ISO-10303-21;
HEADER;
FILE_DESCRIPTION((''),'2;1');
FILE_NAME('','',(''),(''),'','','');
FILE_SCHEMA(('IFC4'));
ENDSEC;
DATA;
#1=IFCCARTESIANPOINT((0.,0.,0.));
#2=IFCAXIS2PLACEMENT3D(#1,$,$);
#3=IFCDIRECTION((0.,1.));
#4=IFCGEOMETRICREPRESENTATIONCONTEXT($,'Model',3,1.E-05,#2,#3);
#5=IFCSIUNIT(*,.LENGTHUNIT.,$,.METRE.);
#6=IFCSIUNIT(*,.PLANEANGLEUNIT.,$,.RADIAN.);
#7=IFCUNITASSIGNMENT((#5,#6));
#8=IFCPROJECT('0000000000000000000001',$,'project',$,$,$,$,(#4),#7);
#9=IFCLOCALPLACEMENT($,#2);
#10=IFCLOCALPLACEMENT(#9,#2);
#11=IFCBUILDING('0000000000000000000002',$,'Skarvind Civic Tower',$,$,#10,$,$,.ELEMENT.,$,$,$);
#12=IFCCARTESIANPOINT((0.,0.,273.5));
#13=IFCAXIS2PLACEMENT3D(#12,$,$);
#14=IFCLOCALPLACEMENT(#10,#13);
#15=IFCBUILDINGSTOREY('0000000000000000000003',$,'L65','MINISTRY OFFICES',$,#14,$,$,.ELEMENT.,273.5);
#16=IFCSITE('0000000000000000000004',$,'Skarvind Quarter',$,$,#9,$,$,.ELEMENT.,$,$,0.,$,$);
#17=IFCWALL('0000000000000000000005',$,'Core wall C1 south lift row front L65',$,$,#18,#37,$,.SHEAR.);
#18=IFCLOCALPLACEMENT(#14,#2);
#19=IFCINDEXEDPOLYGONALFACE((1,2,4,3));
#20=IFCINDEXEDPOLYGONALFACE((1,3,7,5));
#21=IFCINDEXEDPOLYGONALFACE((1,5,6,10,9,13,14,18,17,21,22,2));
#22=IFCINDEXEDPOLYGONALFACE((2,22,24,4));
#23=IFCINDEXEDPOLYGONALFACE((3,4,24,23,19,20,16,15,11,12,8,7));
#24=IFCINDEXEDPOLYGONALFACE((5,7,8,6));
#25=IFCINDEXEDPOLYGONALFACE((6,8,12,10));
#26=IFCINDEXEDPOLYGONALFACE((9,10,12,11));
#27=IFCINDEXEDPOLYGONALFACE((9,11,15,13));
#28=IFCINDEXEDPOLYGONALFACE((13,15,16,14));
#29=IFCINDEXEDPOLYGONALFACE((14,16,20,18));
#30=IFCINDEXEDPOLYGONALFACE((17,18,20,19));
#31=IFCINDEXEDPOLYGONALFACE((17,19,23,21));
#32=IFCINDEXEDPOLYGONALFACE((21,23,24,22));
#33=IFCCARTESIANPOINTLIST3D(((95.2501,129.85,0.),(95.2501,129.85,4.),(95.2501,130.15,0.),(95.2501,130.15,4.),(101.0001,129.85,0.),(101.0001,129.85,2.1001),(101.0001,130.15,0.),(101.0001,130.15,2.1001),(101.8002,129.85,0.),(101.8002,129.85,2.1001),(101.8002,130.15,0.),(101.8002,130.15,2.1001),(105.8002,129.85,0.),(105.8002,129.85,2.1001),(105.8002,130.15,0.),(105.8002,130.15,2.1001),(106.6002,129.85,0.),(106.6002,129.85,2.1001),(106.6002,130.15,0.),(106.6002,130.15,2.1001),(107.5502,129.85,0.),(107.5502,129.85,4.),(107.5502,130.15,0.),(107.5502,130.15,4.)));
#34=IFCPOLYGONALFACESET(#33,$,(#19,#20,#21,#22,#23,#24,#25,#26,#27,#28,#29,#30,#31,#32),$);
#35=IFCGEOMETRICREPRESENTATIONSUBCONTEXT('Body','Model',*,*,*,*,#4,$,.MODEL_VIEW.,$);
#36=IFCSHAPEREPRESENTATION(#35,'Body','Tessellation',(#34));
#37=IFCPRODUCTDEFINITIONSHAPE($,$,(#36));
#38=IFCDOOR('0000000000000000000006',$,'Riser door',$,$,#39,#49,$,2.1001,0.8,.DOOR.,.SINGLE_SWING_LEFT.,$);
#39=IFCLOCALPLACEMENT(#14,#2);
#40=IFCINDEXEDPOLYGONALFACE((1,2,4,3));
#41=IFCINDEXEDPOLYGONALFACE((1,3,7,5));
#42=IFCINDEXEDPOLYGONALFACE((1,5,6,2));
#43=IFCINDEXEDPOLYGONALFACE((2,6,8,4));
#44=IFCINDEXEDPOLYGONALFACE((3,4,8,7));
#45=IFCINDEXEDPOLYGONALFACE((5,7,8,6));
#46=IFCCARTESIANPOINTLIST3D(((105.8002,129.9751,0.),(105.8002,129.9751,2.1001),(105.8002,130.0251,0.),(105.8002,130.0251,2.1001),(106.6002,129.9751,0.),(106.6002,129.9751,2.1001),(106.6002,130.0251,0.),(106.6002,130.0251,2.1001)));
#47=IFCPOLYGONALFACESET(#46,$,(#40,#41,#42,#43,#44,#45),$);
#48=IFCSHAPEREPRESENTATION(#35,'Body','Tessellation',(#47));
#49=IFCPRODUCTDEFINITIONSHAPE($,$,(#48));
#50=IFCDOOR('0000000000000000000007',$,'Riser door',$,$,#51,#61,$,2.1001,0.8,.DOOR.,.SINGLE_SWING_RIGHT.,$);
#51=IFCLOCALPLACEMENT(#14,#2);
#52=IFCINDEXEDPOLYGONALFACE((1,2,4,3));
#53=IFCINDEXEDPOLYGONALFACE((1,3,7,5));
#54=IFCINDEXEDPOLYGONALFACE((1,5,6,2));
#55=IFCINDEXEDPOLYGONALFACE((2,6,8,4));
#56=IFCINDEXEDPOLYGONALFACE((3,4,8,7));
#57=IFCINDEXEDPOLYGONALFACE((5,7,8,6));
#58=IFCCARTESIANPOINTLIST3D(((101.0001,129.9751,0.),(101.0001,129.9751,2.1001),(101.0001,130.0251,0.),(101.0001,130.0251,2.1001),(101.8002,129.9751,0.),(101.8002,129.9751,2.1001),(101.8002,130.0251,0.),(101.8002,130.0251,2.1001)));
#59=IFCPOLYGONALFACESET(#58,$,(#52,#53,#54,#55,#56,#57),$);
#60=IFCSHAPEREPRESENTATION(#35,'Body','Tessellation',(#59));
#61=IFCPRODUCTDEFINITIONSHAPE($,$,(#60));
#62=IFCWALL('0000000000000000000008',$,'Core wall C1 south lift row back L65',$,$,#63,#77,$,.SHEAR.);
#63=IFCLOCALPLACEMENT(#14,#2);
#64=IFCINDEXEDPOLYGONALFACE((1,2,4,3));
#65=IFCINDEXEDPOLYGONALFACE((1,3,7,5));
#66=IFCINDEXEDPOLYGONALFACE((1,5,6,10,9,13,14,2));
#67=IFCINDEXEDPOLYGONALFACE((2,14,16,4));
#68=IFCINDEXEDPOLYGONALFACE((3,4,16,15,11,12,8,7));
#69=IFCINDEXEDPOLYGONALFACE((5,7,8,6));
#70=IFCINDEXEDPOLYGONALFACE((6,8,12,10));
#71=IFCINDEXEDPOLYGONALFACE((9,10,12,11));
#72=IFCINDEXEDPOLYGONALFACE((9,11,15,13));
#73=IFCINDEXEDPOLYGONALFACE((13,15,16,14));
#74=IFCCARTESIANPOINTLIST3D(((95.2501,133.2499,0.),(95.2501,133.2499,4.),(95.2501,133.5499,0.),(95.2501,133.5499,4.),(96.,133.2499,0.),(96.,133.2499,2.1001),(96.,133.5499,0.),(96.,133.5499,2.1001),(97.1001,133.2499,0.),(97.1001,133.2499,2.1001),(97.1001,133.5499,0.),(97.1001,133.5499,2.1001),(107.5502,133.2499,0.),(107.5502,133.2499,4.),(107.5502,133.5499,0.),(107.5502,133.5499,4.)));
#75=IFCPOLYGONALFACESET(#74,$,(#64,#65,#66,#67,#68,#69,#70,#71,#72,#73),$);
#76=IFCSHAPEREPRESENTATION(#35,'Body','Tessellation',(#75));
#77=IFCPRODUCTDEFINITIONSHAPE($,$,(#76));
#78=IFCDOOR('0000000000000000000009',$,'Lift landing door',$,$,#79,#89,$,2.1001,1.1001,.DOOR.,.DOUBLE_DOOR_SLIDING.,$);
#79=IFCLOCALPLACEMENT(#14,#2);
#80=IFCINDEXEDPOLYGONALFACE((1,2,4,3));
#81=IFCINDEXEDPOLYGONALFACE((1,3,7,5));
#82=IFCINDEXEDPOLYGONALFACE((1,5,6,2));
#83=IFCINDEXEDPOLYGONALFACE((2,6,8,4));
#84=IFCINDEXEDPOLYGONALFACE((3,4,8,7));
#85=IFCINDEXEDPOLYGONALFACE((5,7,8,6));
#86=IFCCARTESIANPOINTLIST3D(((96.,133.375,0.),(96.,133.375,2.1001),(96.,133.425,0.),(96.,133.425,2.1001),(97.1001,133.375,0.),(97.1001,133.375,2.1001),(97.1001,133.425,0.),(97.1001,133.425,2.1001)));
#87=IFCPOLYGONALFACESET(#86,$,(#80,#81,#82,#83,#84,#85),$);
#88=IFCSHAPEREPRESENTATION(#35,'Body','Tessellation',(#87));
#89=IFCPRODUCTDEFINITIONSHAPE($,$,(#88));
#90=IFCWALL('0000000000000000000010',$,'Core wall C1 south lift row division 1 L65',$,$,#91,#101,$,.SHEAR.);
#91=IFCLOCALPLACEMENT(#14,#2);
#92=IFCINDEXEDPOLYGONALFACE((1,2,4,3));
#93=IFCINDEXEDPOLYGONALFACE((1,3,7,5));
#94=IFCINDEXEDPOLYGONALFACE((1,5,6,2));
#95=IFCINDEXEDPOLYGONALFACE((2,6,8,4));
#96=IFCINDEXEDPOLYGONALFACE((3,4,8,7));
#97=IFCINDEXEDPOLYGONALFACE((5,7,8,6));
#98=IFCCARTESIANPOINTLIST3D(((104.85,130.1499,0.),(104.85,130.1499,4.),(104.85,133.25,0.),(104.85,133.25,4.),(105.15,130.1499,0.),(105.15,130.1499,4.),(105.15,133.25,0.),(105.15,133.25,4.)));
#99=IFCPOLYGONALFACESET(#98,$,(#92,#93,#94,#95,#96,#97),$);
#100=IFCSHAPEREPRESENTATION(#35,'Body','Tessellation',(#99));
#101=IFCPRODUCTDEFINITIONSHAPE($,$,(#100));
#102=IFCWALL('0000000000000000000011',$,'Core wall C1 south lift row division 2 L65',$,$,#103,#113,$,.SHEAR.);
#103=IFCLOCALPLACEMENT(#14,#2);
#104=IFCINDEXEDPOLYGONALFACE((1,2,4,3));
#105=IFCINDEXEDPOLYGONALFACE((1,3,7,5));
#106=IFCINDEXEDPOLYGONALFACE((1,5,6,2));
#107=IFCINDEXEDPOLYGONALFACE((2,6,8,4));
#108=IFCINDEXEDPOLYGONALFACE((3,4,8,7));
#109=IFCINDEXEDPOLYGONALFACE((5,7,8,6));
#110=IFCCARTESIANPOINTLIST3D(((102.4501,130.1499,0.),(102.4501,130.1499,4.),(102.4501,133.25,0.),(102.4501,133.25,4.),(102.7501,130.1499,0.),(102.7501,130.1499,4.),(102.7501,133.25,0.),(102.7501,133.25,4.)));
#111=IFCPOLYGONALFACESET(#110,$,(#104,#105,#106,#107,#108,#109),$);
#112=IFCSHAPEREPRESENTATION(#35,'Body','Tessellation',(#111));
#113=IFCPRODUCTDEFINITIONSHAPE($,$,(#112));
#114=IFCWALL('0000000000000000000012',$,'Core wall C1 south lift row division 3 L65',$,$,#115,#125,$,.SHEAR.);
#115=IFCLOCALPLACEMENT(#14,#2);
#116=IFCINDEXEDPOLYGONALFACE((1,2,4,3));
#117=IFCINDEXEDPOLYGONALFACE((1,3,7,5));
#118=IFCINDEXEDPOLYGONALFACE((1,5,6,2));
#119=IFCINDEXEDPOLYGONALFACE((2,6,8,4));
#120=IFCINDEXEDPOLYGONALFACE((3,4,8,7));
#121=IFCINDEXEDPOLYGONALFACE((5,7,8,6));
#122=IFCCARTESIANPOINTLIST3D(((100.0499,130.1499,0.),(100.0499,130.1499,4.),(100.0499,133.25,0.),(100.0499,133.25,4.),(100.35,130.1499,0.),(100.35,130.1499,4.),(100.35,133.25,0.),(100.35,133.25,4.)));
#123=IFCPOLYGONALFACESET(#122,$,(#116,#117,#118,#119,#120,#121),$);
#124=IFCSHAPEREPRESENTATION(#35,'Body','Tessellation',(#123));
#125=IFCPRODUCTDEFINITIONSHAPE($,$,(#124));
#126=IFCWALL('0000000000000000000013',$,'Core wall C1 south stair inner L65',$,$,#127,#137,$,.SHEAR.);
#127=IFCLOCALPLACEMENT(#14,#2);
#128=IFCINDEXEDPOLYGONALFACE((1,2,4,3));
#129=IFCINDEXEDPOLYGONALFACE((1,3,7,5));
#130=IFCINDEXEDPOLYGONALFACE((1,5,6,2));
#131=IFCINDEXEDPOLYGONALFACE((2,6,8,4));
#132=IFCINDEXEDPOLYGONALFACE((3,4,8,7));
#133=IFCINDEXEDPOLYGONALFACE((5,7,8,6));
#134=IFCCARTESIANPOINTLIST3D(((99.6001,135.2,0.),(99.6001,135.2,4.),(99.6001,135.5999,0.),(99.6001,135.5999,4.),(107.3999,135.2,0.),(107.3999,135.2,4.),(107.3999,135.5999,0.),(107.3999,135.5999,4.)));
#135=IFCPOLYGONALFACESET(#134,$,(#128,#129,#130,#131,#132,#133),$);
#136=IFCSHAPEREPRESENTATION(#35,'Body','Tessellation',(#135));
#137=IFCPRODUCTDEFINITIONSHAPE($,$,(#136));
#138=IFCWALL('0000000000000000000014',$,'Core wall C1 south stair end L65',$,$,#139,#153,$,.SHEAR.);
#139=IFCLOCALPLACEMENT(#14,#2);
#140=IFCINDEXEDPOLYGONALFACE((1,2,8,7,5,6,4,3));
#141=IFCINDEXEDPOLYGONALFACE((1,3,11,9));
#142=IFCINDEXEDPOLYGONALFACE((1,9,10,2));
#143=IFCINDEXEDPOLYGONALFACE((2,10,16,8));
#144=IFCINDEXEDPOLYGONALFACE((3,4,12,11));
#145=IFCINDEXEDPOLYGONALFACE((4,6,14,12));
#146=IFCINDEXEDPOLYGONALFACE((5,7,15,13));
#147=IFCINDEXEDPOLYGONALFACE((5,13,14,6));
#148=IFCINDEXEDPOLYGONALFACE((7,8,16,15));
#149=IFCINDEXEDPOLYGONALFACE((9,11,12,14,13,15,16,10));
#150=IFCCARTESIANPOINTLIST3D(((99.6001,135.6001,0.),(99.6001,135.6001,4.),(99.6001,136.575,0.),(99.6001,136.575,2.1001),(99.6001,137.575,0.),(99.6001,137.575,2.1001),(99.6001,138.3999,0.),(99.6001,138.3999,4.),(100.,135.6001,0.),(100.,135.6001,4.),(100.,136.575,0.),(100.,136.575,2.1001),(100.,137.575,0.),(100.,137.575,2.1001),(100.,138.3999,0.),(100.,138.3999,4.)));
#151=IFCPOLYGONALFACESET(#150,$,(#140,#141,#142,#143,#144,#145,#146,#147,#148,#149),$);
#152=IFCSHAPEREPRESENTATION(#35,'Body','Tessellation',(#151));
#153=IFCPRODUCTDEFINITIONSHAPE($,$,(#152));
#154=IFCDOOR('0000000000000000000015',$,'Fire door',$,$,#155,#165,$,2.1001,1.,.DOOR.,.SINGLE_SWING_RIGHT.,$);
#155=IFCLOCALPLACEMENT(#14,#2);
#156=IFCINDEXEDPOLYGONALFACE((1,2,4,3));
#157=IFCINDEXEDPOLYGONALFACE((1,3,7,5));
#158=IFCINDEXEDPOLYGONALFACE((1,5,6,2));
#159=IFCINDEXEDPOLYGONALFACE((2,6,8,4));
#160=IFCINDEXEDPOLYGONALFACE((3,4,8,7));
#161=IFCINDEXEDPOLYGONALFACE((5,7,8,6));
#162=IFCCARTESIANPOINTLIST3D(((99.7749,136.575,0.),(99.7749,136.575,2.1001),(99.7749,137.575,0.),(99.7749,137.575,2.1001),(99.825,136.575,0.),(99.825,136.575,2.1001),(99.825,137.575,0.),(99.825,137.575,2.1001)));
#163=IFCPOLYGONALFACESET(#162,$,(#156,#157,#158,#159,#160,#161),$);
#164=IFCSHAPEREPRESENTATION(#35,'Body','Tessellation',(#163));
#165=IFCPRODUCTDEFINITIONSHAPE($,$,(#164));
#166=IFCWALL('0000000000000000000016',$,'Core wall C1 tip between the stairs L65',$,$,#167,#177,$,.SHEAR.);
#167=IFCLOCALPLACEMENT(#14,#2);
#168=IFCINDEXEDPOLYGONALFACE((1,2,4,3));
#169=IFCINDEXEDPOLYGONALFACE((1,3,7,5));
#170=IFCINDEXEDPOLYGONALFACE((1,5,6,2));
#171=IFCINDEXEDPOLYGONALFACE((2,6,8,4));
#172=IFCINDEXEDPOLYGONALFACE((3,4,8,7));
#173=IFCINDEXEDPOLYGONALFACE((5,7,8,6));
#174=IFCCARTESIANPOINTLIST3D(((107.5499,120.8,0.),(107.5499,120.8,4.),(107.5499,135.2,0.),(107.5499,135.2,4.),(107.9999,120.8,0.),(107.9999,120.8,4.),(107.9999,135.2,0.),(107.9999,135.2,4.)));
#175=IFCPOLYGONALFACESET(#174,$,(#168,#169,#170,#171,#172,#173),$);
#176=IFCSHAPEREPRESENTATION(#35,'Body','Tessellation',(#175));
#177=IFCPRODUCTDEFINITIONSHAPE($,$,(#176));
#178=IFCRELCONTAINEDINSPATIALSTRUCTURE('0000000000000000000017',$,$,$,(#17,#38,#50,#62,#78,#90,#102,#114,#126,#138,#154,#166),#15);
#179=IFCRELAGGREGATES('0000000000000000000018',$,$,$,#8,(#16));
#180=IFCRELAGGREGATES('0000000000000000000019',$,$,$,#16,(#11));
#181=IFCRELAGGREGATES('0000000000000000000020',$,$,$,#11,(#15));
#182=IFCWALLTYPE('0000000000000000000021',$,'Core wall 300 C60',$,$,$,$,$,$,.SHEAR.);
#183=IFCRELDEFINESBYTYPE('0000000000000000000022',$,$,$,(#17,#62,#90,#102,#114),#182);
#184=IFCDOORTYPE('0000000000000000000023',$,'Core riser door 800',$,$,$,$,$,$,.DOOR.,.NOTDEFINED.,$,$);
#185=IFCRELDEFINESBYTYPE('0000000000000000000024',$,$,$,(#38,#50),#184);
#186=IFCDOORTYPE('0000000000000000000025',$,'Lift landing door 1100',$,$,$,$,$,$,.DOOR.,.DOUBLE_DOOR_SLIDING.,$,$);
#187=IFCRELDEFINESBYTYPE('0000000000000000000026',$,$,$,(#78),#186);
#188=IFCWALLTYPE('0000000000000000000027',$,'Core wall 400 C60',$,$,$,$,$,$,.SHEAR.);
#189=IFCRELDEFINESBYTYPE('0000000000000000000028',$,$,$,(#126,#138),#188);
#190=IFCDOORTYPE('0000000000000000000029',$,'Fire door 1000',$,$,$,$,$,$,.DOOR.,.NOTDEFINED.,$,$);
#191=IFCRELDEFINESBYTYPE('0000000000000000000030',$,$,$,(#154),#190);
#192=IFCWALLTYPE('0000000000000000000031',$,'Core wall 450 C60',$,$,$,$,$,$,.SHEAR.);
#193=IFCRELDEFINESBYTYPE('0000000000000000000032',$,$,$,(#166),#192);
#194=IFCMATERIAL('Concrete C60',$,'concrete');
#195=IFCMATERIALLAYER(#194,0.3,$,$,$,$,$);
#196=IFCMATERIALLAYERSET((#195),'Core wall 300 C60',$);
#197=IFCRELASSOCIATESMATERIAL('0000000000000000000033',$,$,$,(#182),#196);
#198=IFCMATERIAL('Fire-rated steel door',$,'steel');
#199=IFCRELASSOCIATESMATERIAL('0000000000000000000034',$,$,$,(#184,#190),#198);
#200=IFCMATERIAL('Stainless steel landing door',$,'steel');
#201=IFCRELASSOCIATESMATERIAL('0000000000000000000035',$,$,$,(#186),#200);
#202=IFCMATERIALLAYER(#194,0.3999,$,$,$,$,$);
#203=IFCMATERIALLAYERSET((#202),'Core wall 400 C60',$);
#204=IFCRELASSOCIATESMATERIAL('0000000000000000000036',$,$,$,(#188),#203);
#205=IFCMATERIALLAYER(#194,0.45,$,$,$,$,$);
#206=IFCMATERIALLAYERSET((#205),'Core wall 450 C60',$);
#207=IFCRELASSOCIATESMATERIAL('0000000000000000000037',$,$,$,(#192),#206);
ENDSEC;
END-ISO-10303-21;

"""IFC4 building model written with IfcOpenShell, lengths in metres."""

from ifc_helpers import new_model, si_unit, direction, frame, frame_2d, origin, place, context, subcontext, project, spatial, rectangle, extrude, material, layer, layer_set, type_object, element, fill, save


model = new_model("IFC4")

# Units and contexts
model_context = context("Model", 3, precision=1e-05, world=origin(), true_north=direction((0.0, 1.0)))
body_context = subcontext(model_context, "Body", "Model", "MODEL_VIEW")
ifc_project = project(units=[si_unit("LENGTHUNIT", "METRE"), si_unit("PLANEANGLEUNIT", "RADIAN")], contexts=[model_context])

# Site, building, storey
site_placement = place(None, origin())
site = spatial("IfcSite", under=ifc_project, at=site_placement, Name="Skarvind Quarter", CompositionType="ELEMENT", RefElevation=0.0)
building_placement = place(site_placement, origin())
building = spatial("IfcBuilding", under=site, at=building_placement, Name="Skarvind Civic Tower", CompositionType="ELEMENT")
storey_placement = place(building_placement, frame((0.0, 0.0, 273.5)))
storey = spatial("IfcBuildingStorey", under=building, at=storey_placement, Name="L65", Description="MINISTRY OFFICES", CompositionType="ELEMENT", Elevation=273.5)

# Wall, openings, doors
ifc_material_1 = material(Name="Concrete C60", Category="concrete")
ifc_layer_1 = layer(ifc_material_1, 0.3)
ifc_layer_set_1 = layer_set([ifc_layer_1], Name="Core wall 300 C60")
wall_type_1 = type_object("IfcWallType", Name="Core wall 300 C60", PredefinedType="SHEAR", material=ifc_layer_set_1)
wall_1_placement = place(storey_placement, frame((107.55, 130.0, 0.0), z_axis=(0.0, 0.0, 1.0), x_axis=(-1.0, 0.0, 0.0)))
wall_1 = element("IfcWall", 1, at=wall_1_placement, inside=storey, type_object=wall_type_1, Name="Core wall C1 south lift row front L65", PredefinedType="SHEAR", context=body_context, shape_type="SweptSolid", body=[
    extrude(rectangle(XDim=12.3, YDim=0.3, at=frame_2d((6.1499, 0.0))), origin(), (0.0, 0.0, 1.0), 4.0),
])
opening_1_placement = place(wall_1_placement, frame((0.95, 0.0, 0.0)))
opening_1 = element("IfcOpeningElement", 2, at=opening_1_placement, cuts=wall_1, PredefinedType="OPENING", context=body_context, shape_type="SweptSolid", body=[
    extrude(rectangle(XDim=0.8, YDim=2.1001, at=frame_2d((0.3999, 1.05))), frame((0.0, 0.1599, 0.0), z_axis=(0.0, -1.0, 0.0), x_axis=(1.0, 0.0, 0.0)), (0.0, 0.0, 1.0), 0.3201),
])
opening_2_placement = place(wall_1_placement, frame((5.75, 0.0, 0.0)))
opening_2 = element("IfcOpeningElement", 3, at=opening_2_placement, cuts=wall_1, PredefinedType="OPENING", context=body_context, shape_type="SweptSolid", body=[
    extrude(rectangle(XDim=0.8, YDim=2.1001, at=frame_2d((0.3999, 1.05))), frame((0.0, 0.1599, 0.0), z_axis=(0.0, -1.0, 0.0), x_axis=(1.0, 0.0, 0.0)), (0.0, 0.0, 1.0), 0.3201),
])
ifc_material_2 = material(Name="Fire-rated steel door", Category="steel")
door_type_1 = type_object("IfcDoorType", Name="Core riser door 800", OperationType="NOTDEFINED", PredefinedType="DOOR", material=ifc_material_2)
door_1_placement = place(opening_1_placement, origin())
door_1 = element("IfcDoor", 4, at=door_1_placement, inside=storey, type_object=door_type_1, Name="Riser door", OperationType="SINGLE_SWING_LEFT", OverallHeight=2.1001, OverallWidth=0.8, PredefinedType="DOOR", context=body_context, shape_type="SweptSolid", body=[
    extrude(rectangle(XDim=0.8, YDim=2.1001, at=frame_2d((0.3999, 1.05))), frame((0.0, 0.0249, 0.0), z_axis=(0.0, -1.0, 0.0), x_axis=(1.0, 0.0, 0.0)), (0.0, 0.0, 1.0), 0.05),
])
fill(opening_1, door_1)
door_2_placement = place(opening_2_placement, origin())
door_2 = element("IfcDoor", 5, at=door_2_placement, inside=storey, type_object=door_type_1, Name="Riser door", OperationType="SINGLE_SWING_RIGHT", OverallHeight=2.1001, OverallWidth=0.8, PredefinedType="DOOR", context=body_context, shape_type="SweptSolid", body=[
    extrude(rectangle(XDim=0.8, YDim=2.1001, at=frame_2d((0.3999, 1.05))), frame((0.0, 0.0249, 0.0), z_axis=(0.0, -1.0, 0.0), x_axis=(1.0, 0.0, 0.0)), (0.0, 0.0, 1.0), 0.05),
])
fill(opening_2, door_2)

# Wall, opening, door
wall_2_placement = place(storey_placement, frame((107.55, 133.3999, 0.0), z_axis=(0.0, 0.0, 1.0), x_axis=(-1.0, 0.0, 0.0)))
wall_2 = element("IfcWall", 6, at=wall_2_placement, inside=storey, type_object=wall_type_1, Name="Core wall C1 south lift row back L65", PredefinedType="SHEAR", context=body_context, shape_type="SweptSolid", body=[
    extrude(rectangle(XDim=12.3, YDim=0.3, at=frame_2d((6.1499, 0.0))), origin(), (0.0, 0.0, 1.0), 4.0),
])
opening_3_placement = place(wall_2_placement, frame((10.45, 0.0, 0.0)))
opening_3 = element("IfcOpeningElement", 7, at=opening_3_placement, cuts=wall_2, PredefinedType="OPENING", context=body_context, shape_type="SweptSolid", body=[
    extrude(rectangle(XDim=1.1001, YDim=2.1001, at=frame_2d((0.55, 1.05))), frame((0.0, 0.1599, 0.0), z_axis=(0.0, -1.0, 0.0), x_axis=(1.0, 0.0, 0.0)), (0.0, 0.0, 1.0), 0.3201),
])
ifc_material_3 = material(Name="Stainless steel landing door", Category="steel")
door_type_2 = type_object("IfcDoorType", Name="Lift landing door 1100", OperationType="DOUBLE_DOOR_SLIDING", PredefinedType="DOOR", material=ifc_material_3)
door_3_placement = place(opening_3_placement, origin())
door_3 = element("IfcDoor", 8, at=door_3_placement, inside=storey, type_object=door_type_2, Name="Lift landing door", OperationType="DOUBLE_DOOR_SLIDING", OverallHeight=2.1001, OverallWidth=1.1001, PredefinedType="DOOR", context=body_context, shape_type="SweptSolid", body=[
    extrude(rectangle(XDim=1.1001, YDim=2.1001, at=frame_2d((0.55, 1.05))), frame((0.0, 0.0249, 0.0), z_axis=(0.0, -1.0, 0.0), x_axis=(1.0, 0.0, 0.0)), (0.0, 0.0, 1.0), 0.05),
])
fill(opening_3, door_3)

# Walls
for number, where, z_axis, x_axis, name in (
    (9, (105.0, 133.25, 0.0), (0.0, 0.0, 1.0), (0.0, -1.0, 0.0), "Core wall C1 south lift row division 1 L65"),
    (10, (102.6001, 133.25, 0.0), (0.0, 0.0, 1.0), (0.0, -1.0, 0.0), "Core wall C1 south lift row division 2 L65"),
    (11, (100.2, 133.25, 0.0), (0.0, 0.0, 1.0), (0.0, -1.0, 0.0), "Core wall C1 south lift row division 3 L65"),
):
    element("IfcWall", number, at=place(storey_placement, frame(where, z_axis=z_axis, x_axis=x_axis)), inside=storey, type_object=wall_type_1, Name=name, PredefinedType="SHEAR", context=body_context, shape_type="SweptSolid", body=[
        extrude(rectangle(XDim=3.1001, YDim=0.3, at=frame_2d((1.55, 0.0))), origin(), (0.0, 0.0, 1.0), 4.0),
    ])
ifc_layer_2 = layer(ifc_material_1, 0.3999)
ifc_layer_set_2 = layer_set([ifc_layer_2], Name="Core wall 400 C60")
wall_type_2 = type_object("IfcWallType", Name="Core wall 400 C60", PredefinedType="SHEAR", material=ifc_layer_set_2)
wall_3_placement = place(storey_placement, frame((107.3999, 135.3999, 0.0), z_axis=(0.0, 0.0, 1.0), x_axis=(-1.0, 0.0, 0.0)))
element("IfcWall", 12, at=wall_3_placement, inside=storey, type_object=wall_type_2, Name="Core wall C1 south stair inner L65", PredefinedType="SHEAR", context=body_context, shape_type="SweptSolid", body=[
    extrude(rectangle(XDim=7.7998, YDim=0.3999, at=frame_2d((3.8999, 0.0))), origin(), (0.0, 0.0, 1.0), 4.0),
])

# Wall, opening, door
wall_4_placement = place(storey_placement, frame((99.8, 138.3999, 0.0), z_axis=(0.0, 0.0, 1.0), x_axis=(0.0, -1.0, 0.0)))
wall_4 = element("IfcWall", 13, at=wall_4_placement, inside=storey, type_object=wall_type_2, Name="Core wall C1 south stair end L65", PredefinedType="SHEAR", context=body_context, shape_type="SweptSolid", body=[
    extrude(rectangle(XDim=2.7998, YDim=0.3999, at=frame_2d((1.3999, 0.0))), origin(), (0.0, 0.0, 1.0), 4.0),
])
opening_4_placement = place(wall_4_placement, frame((0.825, 0.0, 0.0)))
opening_4 = element("IfcOpeningElement", 14, at=opening_4_placement, cuts=wall_4, PredefinedType="OPENING", context=body_context, shape_type="SweptSolid", body=[
    extrude(rectangle(XDim=1.0, YDim=2.1001, at=frame_2d((0.5, 1.05))), frame((0.0, 0.21, 0.0), z_axis=(0.0, -1.0, 0.0), x_axis=(1.0, 0.0, 0.0)), (0.0, 0.0, 1.0), 0.4199),
])
door_type_3 = type_object("IfcDoorType", Name="Fire door 1000", OperationType="NOTDEFINED", PredefinedType="DOOR", material=ifc_material_2)
door_4_placement = place(opening_4_placement, origin())
door_4 = element("IfcDoor", 15, at=door_4_placement, inside=storey, type_object=door_type_3, Name="Fire door", OperationType="SINGLE_SWING_RIGHT", OverallHeight=2.1001, OverallWidth=1.0, PredefinedType="DOOR", context=body_context, shape_type="SweptSolid", body=[
    extrude(rectangle(XDim=1.0, YDim=2.1001, at=frame_2d((0.5, 1.05))), frame((0.0, 0.0249, 0.0), z_axis=(0.0, -1.0, 0.0), x_axis=(1.0, 0.0, 0.0)), (0.0, 0.0, 1.0), 0.05),
])
fill(opening_4, door_4)

# Wall
ifc_layer_3 = layer(ifc_material_1, 0.45)
ifc_layer_set_3 = layer_set([ifc_layer_3], Name="Core wall 450 C60")
wall_type_3 = type_object("IfcWallType", Name="Core wall 450 C60", PredefinedType="SHEAR", material=ifc_layer_set_3)
wall_5_placement = place(storey_placement, frame((107.7749, 135.2, 0.0), z_axis=(0.0, 0.0, 1.0), x_axis=(0.0, -1.0, 0.0)))
element("IfcWall", 16, at=wall_5_placement, inside=storey, type_object=wall_type_3, Name="Core wall C1 tip between the stairs L65", PredefinedType="SHEAR", context=body_context, shape_type="SweptSolid", body=[
    extrude(rectangle(XDim=14.3999, YDim=0.45, at=frame_2d((7.2, 0.0))), origin(), (0.0, 0.0, 1.0), 4.0),
])

save(model, "model.ifc")
